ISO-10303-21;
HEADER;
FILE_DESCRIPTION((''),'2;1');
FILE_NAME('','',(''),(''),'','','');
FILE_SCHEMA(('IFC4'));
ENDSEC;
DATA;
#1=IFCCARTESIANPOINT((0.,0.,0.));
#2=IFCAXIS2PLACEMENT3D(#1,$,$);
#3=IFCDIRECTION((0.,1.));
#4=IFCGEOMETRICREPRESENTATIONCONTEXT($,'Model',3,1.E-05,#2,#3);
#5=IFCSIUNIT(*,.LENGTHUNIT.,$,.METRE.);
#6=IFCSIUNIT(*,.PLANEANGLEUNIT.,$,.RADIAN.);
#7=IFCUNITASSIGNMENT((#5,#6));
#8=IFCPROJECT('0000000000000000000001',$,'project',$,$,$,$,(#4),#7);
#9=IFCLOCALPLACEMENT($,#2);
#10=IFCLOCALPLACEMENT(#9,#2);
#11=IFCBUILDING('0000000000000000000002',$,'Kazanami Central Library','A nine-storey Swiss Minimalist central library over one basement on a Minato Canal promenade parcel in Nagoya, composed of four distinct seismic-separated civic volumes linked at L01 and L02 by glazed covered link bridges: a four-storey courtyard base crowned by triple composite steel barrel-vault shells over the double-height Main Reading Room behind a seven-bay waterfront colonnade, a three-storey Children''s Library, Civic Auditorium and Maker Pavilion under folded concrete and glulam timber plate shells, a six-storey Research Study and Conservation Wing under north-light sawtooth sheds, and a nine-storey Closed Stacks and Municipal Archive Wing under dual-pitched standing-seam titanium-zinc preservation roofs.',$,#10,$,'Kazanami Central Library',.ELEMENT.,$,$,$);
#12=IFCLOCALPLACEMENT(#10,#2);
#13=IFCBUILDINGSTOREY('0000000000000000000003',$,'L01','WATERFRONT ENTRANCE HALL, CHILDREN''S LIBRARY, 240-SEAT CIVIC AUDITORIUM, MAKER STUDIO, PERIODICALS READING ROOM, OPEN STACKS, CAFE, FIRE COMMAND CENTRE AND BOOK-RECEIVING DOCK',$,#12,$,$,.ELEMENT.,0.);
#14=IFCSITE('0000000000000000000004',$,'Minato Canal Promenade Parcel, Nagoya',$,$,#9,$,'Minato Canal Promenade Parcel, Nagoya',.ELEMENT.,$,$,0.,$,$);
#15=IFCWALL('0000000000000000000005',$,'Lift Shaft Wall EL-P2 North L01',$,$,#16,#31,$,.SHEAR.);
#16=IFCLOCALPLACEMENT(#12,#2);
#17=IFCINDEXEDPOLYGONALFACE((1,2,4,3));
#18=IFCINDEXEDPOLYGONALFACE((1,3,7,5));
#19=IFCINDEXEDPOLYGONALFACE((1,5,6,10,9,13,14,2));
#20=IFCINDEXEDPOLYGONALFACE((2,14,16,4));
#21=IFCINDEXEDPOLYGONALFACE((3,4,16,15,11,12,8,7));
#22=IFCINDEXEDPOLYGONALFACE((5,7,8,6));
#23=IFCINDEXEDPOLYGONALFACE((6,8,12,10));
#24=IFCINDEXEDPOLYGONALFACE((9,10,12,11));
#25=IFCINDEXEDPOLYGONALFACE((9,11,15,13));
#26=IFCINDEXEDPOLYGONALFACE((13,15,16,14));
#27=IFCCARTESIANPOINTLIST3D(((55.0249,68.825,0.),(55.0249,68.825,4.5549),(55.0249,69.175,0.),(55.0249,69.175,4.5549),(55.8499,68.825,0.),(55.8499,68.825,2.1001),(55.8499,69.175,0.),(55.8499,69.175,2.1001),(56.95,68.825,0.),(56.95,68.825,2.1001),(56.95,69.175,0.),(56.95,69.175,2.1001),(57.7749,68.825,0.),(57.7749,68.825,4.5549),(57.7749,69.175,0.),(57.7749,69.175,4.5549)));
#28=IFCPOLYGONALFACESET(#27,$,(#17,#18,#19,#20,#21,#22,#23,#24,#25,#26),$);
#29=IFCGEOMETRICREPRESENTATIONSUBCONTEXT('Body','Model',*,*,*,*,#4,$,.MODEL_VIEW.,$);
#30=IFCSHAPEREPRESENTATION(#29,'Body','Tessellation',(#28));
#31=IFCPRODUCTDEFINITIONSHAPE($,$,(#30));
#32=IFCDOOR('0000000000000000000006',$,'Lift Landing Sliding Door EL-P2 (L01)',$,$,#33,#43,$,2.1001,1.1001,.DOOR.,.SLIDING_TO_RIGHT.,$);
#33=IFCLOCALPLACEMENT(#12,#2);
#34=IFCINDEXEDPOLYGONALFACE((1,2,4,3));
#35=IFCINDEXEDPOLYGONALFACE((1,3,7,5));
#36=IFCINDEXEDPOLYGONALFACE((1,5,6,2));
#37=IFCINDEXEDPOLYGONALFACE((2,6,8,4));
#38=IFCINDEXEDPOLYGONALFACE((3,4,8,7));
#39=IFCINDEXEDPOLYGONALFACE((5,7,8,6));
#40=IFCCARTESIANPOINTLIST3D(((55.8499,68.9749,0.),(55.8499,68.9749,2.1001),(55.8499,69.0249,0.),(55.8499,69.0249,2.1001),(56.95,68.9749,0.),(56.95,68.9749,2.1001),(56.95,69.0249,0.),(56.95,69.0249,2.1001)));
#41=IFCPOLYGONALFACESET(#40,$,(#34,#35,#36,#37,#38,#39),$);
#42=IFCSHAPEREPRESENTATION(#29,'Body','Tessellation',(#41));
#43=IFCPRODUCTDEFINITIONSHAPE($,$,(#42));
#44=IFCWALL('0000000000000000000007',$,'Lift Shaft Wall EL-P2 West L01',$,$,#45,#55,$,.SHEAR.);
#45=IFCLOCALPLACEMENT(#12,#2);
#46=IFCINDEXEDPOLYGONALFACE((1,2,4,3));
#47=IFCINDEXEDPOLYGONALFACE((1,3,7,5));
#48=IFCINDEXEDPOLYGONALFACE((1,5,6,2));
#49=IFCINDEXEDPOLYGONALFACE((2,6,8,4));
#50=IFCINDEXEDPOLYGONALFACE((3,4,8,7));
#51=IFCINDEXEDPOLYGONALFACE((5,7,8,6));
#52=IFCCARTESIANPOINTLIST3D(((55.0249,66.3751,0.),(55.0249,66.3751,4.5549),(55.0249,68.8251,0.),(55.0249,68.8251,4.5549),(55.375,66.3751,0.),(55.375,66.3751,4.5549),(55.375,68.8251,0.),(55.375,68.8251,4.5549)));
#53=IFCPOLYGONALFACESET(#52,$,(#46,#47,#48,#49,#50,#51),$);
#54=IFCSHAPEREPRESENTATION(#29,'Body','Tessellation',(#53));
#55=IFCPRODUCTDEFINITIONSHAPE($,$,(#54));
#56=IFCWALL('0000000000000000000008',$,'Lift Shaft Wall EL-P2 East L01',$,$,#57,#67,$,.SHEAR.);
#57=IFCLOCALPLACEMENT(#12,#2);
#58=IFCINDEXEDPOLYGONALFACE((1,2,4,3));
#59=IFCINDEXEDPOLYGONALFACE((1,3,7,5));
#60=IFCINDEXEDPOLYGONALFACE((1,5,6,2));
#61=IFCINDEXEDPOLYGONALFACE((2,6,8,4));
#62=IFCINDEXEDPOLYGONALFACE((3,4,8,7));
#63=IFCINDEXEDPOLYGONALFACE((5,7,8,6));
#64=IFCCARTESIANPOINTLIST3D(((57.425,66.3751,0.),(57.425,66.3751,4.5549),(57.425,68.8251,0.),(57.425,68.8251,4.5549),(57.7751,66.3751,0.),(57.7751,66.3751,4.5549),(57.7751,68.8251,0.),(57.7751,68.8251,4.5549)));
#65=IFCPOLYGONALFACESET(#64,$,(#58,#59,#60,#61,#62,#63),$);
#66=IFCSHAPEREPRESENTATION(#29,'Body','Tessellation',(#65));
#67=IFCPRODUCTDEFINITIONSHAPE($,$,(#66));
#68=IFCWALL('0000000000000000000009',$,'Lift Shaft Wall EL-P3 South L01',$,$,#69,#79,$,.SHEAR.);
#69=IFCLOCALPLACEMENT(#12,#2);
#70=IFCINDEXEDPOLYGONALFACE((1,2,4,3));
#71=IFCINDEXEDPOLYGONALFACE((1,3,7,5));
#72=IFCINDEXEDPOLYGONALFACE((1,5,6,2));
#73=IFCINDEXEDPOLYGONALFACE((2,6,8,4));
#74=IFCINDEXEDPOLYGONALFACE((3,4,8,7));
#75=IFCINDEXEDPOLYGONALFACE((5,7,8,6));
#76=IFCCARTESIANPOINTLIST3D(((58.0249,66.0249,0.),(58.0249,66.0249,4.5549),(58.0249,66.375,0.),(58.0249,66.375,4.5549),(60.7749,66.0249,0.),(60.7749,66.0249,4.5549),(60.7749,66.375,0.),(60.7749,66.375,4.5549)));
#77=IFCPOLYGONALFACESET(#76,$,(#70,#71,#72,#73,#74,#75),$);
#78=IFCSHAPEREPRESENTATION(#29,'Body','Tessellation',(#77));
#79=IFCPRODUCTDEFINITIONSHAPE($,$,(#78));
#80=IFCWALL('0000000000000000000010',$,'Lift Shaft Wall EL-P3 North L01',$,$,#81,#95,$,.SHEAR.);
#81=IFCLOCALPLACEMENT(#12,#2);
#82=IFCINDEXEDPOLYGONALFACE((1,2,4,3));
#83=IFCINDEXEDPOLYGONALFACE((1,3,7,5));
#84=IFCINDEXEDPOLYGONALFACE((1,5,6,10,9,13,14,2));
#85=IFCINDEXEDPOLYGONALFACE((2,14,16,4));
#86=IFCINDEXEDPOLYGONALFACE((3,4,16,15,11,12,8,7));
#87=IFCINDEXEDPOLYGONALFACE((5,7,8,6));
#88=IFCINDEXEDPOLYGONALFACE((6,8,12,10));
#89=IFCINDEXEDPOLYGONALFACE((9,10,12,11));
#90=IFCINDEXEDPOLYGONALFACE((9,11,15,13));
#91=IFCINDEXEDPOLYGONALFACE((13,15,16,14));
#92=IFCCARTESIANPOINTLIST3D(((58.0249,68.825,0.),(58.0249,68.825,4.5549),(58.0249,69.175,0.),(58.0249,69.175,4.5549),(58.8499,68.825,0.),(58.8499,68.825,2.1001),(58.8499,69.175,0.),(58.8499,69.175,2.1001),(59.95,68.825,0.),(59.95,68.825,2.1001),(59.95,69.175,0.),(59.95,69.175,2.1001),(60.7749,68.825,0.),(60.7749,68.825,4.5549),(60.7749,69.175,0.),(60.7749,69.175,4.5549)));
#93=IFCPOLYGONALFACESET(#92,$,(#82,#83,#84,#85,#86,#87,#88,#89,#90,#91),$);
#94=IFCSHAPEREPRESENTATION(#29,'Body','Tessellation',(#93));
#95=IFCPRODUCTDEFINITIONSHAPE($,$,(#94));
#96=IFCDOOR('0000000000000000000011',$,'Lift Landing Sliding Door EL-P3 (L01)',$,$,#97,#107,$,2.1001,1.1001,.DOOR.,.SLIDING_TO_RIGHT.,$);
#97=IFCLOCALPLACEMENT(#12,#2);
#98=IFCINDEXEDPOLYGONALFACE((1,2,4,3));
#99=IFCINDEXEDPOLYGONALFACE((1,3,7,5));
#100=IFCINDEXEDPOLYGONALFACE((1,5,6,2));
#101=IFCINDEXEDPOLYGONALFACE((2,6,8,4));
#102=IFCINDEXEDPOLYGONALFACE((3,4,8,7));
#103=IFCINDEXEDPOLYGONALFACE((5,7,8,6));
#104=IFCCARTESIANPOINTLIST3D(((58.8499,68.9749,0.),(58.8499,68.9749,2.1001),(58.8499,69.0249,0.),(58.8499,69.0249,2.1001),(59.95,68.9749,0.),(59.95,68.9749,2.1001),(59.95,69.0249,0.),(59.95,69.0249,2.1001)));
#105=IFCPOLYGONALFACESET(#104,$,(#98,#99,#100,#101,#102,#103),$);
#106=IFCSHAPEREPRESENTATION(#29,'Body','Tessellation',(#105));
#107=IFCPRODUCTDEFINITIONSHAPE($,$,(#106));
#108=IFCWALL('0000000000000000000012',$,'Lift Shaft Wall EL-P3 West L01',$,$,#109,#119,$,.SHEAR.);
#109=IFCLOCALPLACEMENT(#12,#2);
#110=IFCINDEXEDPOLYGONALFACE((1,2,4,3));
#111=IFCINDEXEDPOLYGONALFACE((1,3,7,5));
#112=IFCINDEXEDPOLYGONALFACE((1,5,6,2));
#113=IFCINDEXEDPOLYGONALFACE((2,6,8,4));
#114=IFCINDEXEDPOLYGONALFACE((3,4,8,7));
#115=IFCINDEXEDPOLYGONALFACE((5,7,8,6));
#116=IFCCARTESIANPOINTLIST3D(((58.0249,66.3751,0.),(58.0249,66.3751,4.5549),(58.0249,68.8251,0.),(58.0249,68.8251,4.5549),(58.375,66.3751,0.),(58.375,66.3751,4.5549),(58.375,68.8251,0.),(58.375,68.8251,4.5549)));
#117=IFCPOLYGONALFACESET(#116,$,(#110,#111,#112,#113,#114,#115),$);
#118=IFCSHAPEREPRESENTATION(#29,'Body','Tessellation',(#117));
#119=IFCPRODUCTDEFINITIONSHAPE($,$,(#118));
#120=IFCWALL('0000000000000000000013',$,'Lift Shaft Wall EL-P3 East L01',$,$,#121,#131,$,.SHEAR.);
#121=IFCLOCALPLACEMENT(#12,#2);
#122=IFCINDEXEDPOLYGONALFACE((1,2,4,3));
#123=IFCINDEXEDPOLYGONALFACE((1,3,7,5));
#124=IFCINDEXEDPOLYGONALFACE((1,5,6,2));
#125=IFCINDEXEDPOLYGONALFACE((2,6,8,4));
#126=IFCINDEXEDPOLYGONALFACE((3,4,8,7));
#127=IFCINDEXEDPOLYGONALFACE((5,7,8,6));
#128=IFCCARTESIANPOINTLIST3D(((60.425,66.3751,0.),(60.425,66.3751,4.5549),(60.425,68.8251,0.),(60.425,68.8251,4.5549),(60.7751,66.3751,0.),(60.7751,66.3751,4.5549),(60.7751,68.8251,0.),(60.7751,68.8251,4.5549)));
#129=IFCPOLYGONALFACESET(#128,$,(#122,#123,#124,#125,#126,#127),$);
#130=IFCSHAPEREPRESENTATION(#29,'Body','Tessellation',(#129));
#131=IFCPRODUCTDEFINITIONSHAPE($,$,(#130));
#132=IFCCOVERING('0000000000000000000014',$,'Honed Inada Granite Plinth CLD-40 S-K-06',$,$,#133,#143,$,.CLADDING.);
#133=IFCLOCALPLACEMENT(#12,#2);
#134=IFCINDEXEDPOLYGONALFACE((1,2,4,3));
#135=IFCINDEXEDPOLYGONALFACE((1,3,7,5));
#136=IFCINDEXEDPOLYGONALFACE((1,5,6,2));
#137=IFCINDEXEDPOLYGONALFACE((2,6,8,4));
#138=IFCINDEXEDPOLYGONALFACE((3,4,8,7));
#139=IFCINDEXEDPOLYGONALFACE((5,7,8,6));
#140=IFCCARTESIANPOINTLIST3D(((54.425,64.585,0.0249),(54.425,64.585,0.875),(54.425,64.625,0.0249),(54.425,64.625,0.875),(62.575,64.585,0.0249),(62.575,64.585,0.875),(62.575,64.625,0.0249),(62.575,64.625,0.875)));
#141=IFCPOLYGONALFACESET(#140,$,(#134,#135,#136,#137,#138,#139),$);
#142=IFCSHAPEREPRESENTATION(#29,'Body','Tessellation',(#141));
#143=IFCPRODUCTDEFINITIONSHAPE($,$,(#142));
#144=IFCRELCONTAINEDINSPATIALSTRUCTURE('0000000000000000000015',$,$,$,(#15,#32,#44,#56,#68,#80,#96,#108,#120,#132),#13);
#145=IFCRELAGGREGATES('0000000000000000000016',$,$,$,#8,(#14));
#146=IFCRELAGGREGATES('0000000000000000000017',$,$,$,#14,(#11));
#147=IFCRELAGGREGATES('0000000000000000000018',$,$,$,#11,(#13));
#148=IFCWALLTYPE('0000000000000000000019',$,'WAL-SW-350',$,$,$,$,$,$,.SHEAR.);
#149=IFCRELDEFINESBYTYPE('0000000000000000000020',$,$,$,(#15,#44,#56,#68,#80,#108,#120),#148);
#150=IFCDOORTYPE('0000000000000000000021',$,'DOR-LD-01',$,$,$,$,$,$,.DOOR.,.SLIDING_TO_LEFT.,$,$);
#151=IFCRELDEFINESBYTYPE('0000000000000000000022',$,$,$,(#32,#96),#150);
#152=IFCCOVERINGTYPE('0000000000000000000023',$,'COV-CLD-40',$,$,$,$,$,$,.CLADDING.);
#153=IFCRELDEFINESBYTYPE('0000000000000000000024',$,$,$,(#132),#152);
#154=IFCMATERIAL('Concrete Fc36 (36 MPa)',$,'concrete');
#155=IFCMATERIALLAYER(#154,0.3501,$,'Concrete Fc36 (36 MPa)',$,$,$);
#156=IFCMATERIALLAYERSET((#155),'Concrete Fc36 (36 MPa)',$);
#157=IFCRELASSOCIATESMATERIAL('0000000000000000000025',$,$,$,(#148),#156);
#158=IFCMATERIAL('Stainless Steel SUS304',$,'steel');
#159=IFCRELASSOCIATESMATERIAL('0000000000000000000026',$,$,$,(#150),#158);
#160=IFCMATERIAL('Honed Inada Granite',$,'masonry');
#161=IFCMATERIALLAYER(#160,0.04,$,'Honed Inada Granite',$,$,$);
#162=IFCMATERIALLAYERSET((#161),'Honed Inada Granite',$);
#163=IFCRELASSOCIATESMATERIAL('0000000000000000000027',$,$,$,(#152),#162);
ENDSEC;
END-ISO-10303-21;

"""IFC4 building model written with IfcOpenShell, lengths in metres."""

from ifc_helpers import new_model, si_unit, direction, frame, frame_2d, origin, origin_2d, place, context, subcontext, project, spatial, rectangle, extrude, material, layer, layer_set, type_object, element, fill, save


model = new_model("IFC4")

# Units and contexts
model_context = context("Model", 3, precision=1e-05, world=origin(), true_north=direction((0.0, 1.0)))
body_context = subcontext(model_context, "Body", "Model", "MODEL_VIEW")
ifc_project = project(units=[si_unit("LENGTHUNIT", "METRE"), si_unit("PLANEANGLEUNIT", "RADIAN")], contexts=[model_context])

# Site, building, storey
site_placement = place(None, origin())
site = spatial("IfcSite", under=ifc_project, at=site_placement, Name="Minato Canal Promenade Parcel, Nagoya", LongName="Minato Canal Promenade Parcel, Nagoya", CompositionType="ELEMENT", RefElevation=0.0)
building_placement = place(site_placement, origin())
building = spatial("IfcBuilding", under=site, at=building_placement, Name="Kazanami Central Library", Description="A nine-storey Swiss Minimalist central library over one basement on a Minato Canal promenade parcel in Nagoya, composed of four distinct seismic-separated civic volumes linked at L01 and L02 by glazed covered link bridges: a four-storey courtyard base crowned by triple composite steel barrel-vault shells over the double-height Main Reading Room behind a seven-bay waterfront colonnade, a three-storey Children's Library, Civic Auditorium and Maker Pavilion under folded concrete and glulam timber plate shells, a six-storey Research Study and Conservation Wing under north-light sawtooth sheds, and a nine-storey Closed Stacks and Municipal Archive Wing under dual-pitched standing-seam titanium-zinc preservation roofs.", LongName="Kazanami Central Library", CompositionType="ELEMENT")
storey_placement = place(building_placement, origin())
storey = spatial("IfcBuildingStorey", under=building, at=storey_placement, Name="L01", Description="WATERFRONT ENTRANCE HALL, CHILDREN'S LIBRARY, 240-SEAT CIVIC AUDITORIUM, MAKER STUDIO, PERIODICALS READING ROOM, OPEN STACKS, CAFE, FIRE COMMAND CENTRE AND BOOK-RECEIVING DOCK", CompositionType="ELEMENT", Elevation=0.0)

# Shared definitions
ifc_material_1 = material(Name="Concrete Fc36 (36 MPa)", Category="concrete")
ifc_material_2 = material(Name="Honed Inada Granite", Category="masonry")

# Shared definitions
ifc_layer_1 = layer(ifc_material_1, 0.3501, Name="Concrete Fc36 (36 MPa)")
ifc_layer_set_1 = layer_set([ifc_layer_1], Name="Concrete Fc36 (36 MPa)")
wall_type_1 = type_object("IfcWallType", Name="WAL-SW-350", PredefinedType="SHEAR", material=ifc_layer_set_1)

# Wall, opening, door
wall_1_placement = place(storey_placement, frame((55.0249, 69.0, 0.0), z_axis=(0.0, 0.0, 1.0), x_axis=(1.0, 0.0, 0.0)))
wall_1 = element("IfcWall", 1, at=wall_1_placement, inside=storey, type_object=wall_type_1, Name="Lift Shaft Wall EL-P2 North L01", PredefinedType="SHEAR", context=body_context, shape_type="SweptSolid", body=[
    extrude(rectangle(XDim=2.75, YDim=0.3501, at=frame_2d((1.375, 0.0))), origin(), (0.0, 0.0, 1.0), 4.5549),
])
opening_1_placement = place(wall_1_placement, frame((0.825, 0.0, 0.0)))
opening_1 = element("IfcOpeningElement", 2, at=opening_1_placement, cuts=wall_1, PredefinedType="OPENING", context=body_context, shape_type="SweptSolid", body=[
    extrude(rectangle(XDim=1.1001, YDim=2.1001, at=frame_2d((0.55, 1.05))), frame((0.0, 0.187, 0.0), z_axis=(0.0, -1.0, 0.0), x_axis=(1.0, 0.0, 0.0)), (0.0, 0.0, 1.0), 0.374),
])
ifc_material_3 = material(Name="Stainless Steel SUS304", Category="steel")
door_type = type_object("IfcDoorType", Name="DOR-LD-01", OperationType="SLIDING_TO_LEFT", PredefinedType="DOOR", material=ifc_material_3)
door_1_placement = place(opening_1_placement, origin())
door_1 = element("IfcDoor", 3, at=door_1_placement, inside=storey, type_object=door_type, Name="Lift Landing Sliding Door EL-P2 (L01)", OperationType="SLIDING_TO_RIGHT", OverallHeight=2.1001, OverallWidth=1.1001, PredefinedType="DOOR", context=body_context, shape_type="SweptSolid", body=[
    extrude(rectangle(XDim=1.1001, YDim=2.1001, at=frame_2d((0.55, 1.05))), frame((0.0, 0.0249, 0.0), z_axis=(0.0, -1.0, 0.0), x_axis=(1.0, 0.0, 0.0)), (0.0, 0.0, 1.0), 0.05),
])
fill(opening_1, door_1)

# Walls
for number, where, z_axis, x_axis, name in (
    (4, (55.2, 66.375, 0.0), (0.0, 0.0, 1.0), (0.0, 1.0, 0.0), "Lift Shaft Wall EL-P2 West L01"),
    (5, (57.6001, 66.375, 0.0), (0.0, 0.0, 1.0), (0.0, 1.0, 0.0), "Lift Shaft Wall EL-P2 East L01"),
):
    element("IfcWall", number, at=place(storey_placement, frame(where, z_axis=z_axis, x_axis=x_axis)), inside=storey, type_object=wall_type_1, Name=name, PredefinedType="SHEAR", context=body_context, shape_type="SweptSolid", body=[
        extrude(rectangle(XDim=2.45, YDim=0.3501, at=frame_2d((1.2251, 0.0))), origin(), (0.0, 0.0, 1.0), 4.5549),
    ])
wall_2_placement = place(storey_placement, frame((58.0249, 66.2, 0.0), z_axis=(0.0, 0.0, 1.0), x_axis=(1.0, 0.0, 0.0)))
element("IfcWall", 6, at=wall_2_placement, inside=storey, type_object=wall_type_1, Name="Lift Shaft Wall EL-P3 South L01", PredefinedType="SHEAR", context=body_context, shape_type="SweptSolid", body=[
    extrude(rectangle(XDim=2.75, YDim=0.3501, at=frame_2d((1.375, 0.0))), origin(), (0.0, 0.0, 1.0), 4.5549),
])

# Wall, opening, door
wall_3_placement = place(storey_placement, frame((58.0249, 69.0, 0.0), z_axis=(0.0, 0.0, 1.0), x_axis=(1.0, 0.0, 0.0)))
wall_3 = element("IfcWall", 7, at=wall_3_placement, inside=storey, type_object=wall_type_1, Name="Lift Shaft Wall EL-P3 North L01", PredefinedType="SHEAR", context=body_context, shape_type="SweptSolid", body=[
    extrude(rectangle(XDim=2.75, YDim=0.3501, at=frame_2d((1.375, 0.0))), origin(), (0.0, 0.0, 1.0), 4.5549),
])
opening_2_placement = place(wall_3_placement, frame((0.825, 0.0, 0.0)))
opening_2 = element("IfcOpeningElement", 8, at=opening_2_placement, cuts=wall_3, PredefinedType="OPENING", context=body_context, shape_type="SweptSolid", body=[
    extrude(rectangle(XDim=1.1001, YDim=2.1001, at=frame_2d((0.55, 1.05))), frame((0.0, 0.187, 0.0), z_axis=(0.0, -1.0, 0.0), x_axis=(1.0, 0.0, 0.0)), (0.0, 0.0, 1.0), 0.374),
])
door_2_placement = place(opening_2_placement, origin())
door_2 = element("IfcDoor", 9, at=door_2_placement, inside=storey, type_object=door_type, Name="Lift Landing Sliding Door EL-P3 (L01)", OperationType="SLIDING_TO_RIGHT", OverallHeight=2.1001, OverallWidth=1.1001, PredefinedType="DOOR", context=body_context, shape_type="SweptSolid", body=[
    extrude(rectangle(XDim=1.1001, YDim=2.1001, at=frame_2d((0.55, 1.05))), frame((0.0, 0.0249, 0.0), z_axis=(0.0, -1.0, 0.0), x_axis=(1.0, 0.0, 0.0)), (0.0, 0.0, 1.0), 0.05),
])
fill(opening_2, door_2)

# Walls
for number, where, z_axis, x_axis, name in (
    (10, (58.2, 66.375, 0.0), (0.0, 0.0, 1.0), (0.0, 1.0, 0.0), "Lift Shaft Wall EL-P3 West L01"),
    (11, (60.6001, 66.375, 0.0), (0.0, 0.0, 1.0), (0.0, 1.0, 0.0), "Lift Shaft Wall EL-P3 East L01"),
):
    element("IfcWall", number, at=place(storey_placement, frame(where, z_axis=z_axis, x_axis=x_axis)), inside=storey, type_object=wall_type_1, Name=name, PredefinedType="SHEAR", context=body_context, shape_type="SweptSolid", body=[
        extrude(rectangle(XDim=2.45, YDim=0.3501, at=frame_2d((1.2251, 0.0))), origin(), (0.0, 0.0, 1.0), 4.5549),
    ])

# Covering
ifc_layer_2 = layer(ifc_material_2, 0.04, Name="Honed Inada Granite")
ifc_layer_set_2 = layer_set([ifc_layer_2], Name="Honed Inada Granite")
covering_type = type_object("IfcCoveringType", Name="COV-CLD-40", PredefinedType="CLADDING", material=ifc_layer_set_2)
covering_placement = place(storey_placement, frame((58.5, 64.605, 0.0249), z_axis=(0.0, 0.0, 1.0), x_axis=(1.0, 0.0, 0.0)))
element("IfcCovering", 12, at=covering_placement, inside=storey, type_object=covering_type, Name="Honed Inada Granite Plinth CLD-40 S-K-06", PredefinedType="CLADDING", context=body_context, shape_type="SweptSolid", body=[
    extrude(rectangle(XDim=8.1499, YDim=0.04, at=origin_2d()), origin(), (0.0, 0.0, 1.0), 0.8501),
])

save(model, "model.ifc")
